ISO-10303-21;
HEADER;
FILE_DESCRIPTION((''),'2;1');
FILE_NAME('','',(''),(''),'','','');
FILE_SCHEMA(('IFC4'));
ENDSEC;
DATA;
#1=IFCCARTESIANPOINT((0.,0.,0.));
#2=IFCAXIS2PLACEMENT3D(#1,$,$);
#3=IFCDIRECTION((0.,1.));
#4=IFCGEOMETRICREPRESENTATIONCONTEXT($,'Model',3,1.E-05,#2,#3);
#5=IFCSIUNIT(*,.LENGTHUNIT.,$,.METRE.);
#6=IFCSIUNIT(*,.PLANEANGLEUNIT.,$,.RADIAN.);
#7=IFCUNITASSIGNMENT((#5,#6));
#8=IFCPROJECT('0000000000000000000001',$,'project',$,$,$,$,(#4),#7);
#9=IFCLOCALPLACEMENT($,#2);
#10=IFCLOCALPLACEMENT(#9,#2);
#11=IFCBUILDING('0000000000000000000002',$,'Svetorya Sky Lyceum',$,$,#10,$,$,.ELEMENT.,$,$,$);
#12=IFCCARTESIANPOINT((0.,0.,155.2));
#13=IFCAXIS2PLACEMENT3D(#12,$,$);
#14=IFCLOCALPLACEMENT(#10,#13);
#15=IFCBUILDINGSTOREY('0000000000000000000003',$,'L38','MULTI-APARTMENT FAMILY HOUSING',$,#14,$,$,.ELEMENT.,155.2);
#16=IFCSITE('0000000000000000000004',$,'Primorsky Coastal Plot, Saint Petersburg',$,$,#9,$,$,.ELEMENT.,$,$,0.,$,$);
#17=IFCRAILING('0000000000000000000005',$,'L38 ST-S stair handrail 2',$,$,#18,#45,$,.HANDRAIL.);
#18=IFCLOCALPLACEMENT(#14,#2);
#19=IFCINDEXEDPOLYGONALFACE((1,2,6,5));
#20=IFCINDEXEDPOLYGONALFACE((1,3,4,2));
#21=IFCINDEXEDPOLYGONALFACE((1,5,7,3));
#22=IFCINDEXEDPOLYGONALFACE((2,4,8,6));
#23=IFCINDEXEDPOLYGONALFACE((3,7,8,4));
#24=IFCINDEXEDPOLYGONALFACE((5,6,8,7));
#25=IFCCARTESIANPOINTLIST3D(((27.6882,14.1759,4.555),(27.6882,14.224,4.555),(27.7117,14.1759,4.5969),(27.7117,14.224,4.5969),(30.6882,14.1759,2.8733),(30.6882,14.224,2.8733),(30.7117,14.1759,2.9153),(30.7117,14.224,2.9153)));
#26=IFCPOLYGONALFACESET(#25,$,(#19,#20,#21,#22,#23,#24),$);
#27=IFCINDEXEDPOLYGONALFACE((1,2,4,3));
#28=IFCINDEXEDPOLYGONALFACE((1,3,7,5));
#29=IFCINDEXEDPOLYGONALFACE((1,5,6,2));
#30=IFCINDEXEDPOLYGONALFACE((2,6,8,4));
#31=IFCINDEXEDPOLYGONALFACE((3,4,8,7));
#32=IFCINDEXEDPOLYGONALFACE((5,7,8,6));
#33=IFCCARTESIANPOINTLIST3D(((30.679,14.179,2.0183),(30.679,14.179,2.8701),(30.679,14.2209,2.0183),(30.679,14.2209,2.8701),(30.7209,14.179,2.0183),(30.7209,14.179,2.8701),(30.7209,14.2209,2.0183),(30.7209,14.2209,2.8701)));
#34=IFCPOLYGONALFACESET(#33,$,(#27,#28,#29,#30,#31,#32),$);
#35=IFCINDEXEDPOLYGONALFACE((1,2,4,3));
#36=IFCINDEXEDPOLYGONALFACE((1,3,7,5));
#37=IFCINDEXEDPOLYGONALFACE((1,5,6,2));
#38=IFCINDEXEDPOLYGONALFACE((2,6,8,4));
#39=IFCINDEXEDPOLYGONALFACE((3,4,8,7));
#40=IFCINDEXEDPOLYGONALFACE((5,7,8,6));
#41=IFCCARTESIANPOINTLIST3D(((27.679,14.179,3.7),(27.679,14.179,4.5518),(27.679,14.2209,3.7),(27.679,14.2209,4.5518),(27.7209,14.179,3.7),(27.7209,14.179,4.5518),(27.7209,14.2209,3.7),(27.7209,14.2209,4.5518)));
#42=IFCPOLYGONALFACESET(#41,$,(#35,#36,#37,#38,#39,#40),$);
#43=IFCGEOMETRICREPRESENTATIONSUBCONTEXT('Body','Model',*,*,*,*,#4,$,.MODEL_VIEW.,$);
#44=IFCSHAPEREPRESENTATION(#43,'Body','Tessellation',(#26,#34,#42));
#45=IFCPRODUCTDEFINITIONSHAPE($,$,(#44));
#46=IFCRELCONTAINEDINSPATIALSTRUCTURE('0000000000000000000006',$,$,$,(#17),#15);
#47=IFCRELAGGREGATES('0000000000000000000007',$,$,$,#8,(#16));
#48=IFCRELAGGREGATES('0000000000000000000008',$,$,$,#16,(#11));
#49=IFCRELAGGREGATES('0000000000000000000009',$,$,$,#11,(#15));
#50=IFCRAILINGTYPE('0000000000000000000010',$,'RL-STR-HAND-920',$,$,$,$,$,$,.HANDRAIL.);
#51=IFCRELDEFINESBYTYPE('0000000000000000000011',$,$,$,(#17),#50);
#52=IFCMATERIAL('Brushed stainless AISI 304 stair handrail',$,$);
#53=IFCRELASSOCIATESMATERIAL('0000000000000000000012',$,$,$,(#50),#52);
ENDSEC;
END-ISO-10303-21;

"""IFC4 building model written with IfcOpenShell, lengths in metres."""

from ifc_helpers import new_model, si_unit, direction, frame, origin, origin_2d, place, context, subcontext, project, spatial, rectangle, extrude, material, type_object, element, save


model = new_model("IFC4")

# Units and contexts
model_context = context("Model", 3, precision=1e-05, world=origin(), true_north=direction((0.0, 1.0)))
body_context = subcontext(model_context, "Body", "Model", "MODEL_VIEW")
ifc_project = project(units=[si_unit("LENGTHUNIT", "METRE"), si_unit("PLANEANGLEUNIT", "RADIAN")], contexts=[model_context])

# Site, building, storey
site_placement = place(None, origin())
site = spatial("IfcSite", under=ifc_project, at=site_placement, Name="Primorsky Coastal Plot, Saint Petersburg", CompositionType="ELEMENT", RefElevation=0.0)
building_placement = place(site_placement, origin())
building = spatial("IfcBuilding", under=site, at=building_placement, Name="Svetorya Sky Lyceum", CompositionType="ELEMENT")
storey_placement = place(building_placement, frame((0.0, 0.0, 155.2)))
storey = spatial("IfcBuildingStorey", under=building, at=storey_placement, Name="L38", Description="MULTI-APARTMENT FAMILY HOUSING", CompositionType="ELEMENT", Elevation=155.2)

# Railing
ifc_material_1 = material(Name="Brushed stainless AISI 304 stair handrail")
railing_type_1 = type_object("IfcRailingType", Name="RL-STR-HAND-920", PredefinedType="HANDRAIL", material=ifc_material_1)
railing_1_placement = place(storey_placement, frame((30.7, 14.2, 2.0183)))
element("IfcRailing", 1, at=railing_1_placement, inside=storey, type_object=railing_type_1, Name="L38 ST-S stair handrail 2", PredefinedType="HANDRAIL", context=body_context, shape_type="SweptSolid", body=[
    extrude(rectangle(XDim=0.0481, YDim=0.0481, at=origin_2d()), frame((0.0, 0.0, 0.876), z_axis=(-0.872303, 0.0, 0.488966), x_axis=(0.0, -1.0, 0.0)), (0.0, 0.0, 1.0), 3.4392),
    extrude(rectangle(XDim=0.042, YDim=0.042, at=origin_2d()), origin(), (0.0, 0.0, 1.0), 0.8518),
    extrude(rectangle(XDim=0.042, YDim=0.042, at=origin_2d()), frame((-3.0, 0.0, 1.6816)), (0.0, 0.0, 1.0), 0.8518),
])

save(model, "model.ifc")
